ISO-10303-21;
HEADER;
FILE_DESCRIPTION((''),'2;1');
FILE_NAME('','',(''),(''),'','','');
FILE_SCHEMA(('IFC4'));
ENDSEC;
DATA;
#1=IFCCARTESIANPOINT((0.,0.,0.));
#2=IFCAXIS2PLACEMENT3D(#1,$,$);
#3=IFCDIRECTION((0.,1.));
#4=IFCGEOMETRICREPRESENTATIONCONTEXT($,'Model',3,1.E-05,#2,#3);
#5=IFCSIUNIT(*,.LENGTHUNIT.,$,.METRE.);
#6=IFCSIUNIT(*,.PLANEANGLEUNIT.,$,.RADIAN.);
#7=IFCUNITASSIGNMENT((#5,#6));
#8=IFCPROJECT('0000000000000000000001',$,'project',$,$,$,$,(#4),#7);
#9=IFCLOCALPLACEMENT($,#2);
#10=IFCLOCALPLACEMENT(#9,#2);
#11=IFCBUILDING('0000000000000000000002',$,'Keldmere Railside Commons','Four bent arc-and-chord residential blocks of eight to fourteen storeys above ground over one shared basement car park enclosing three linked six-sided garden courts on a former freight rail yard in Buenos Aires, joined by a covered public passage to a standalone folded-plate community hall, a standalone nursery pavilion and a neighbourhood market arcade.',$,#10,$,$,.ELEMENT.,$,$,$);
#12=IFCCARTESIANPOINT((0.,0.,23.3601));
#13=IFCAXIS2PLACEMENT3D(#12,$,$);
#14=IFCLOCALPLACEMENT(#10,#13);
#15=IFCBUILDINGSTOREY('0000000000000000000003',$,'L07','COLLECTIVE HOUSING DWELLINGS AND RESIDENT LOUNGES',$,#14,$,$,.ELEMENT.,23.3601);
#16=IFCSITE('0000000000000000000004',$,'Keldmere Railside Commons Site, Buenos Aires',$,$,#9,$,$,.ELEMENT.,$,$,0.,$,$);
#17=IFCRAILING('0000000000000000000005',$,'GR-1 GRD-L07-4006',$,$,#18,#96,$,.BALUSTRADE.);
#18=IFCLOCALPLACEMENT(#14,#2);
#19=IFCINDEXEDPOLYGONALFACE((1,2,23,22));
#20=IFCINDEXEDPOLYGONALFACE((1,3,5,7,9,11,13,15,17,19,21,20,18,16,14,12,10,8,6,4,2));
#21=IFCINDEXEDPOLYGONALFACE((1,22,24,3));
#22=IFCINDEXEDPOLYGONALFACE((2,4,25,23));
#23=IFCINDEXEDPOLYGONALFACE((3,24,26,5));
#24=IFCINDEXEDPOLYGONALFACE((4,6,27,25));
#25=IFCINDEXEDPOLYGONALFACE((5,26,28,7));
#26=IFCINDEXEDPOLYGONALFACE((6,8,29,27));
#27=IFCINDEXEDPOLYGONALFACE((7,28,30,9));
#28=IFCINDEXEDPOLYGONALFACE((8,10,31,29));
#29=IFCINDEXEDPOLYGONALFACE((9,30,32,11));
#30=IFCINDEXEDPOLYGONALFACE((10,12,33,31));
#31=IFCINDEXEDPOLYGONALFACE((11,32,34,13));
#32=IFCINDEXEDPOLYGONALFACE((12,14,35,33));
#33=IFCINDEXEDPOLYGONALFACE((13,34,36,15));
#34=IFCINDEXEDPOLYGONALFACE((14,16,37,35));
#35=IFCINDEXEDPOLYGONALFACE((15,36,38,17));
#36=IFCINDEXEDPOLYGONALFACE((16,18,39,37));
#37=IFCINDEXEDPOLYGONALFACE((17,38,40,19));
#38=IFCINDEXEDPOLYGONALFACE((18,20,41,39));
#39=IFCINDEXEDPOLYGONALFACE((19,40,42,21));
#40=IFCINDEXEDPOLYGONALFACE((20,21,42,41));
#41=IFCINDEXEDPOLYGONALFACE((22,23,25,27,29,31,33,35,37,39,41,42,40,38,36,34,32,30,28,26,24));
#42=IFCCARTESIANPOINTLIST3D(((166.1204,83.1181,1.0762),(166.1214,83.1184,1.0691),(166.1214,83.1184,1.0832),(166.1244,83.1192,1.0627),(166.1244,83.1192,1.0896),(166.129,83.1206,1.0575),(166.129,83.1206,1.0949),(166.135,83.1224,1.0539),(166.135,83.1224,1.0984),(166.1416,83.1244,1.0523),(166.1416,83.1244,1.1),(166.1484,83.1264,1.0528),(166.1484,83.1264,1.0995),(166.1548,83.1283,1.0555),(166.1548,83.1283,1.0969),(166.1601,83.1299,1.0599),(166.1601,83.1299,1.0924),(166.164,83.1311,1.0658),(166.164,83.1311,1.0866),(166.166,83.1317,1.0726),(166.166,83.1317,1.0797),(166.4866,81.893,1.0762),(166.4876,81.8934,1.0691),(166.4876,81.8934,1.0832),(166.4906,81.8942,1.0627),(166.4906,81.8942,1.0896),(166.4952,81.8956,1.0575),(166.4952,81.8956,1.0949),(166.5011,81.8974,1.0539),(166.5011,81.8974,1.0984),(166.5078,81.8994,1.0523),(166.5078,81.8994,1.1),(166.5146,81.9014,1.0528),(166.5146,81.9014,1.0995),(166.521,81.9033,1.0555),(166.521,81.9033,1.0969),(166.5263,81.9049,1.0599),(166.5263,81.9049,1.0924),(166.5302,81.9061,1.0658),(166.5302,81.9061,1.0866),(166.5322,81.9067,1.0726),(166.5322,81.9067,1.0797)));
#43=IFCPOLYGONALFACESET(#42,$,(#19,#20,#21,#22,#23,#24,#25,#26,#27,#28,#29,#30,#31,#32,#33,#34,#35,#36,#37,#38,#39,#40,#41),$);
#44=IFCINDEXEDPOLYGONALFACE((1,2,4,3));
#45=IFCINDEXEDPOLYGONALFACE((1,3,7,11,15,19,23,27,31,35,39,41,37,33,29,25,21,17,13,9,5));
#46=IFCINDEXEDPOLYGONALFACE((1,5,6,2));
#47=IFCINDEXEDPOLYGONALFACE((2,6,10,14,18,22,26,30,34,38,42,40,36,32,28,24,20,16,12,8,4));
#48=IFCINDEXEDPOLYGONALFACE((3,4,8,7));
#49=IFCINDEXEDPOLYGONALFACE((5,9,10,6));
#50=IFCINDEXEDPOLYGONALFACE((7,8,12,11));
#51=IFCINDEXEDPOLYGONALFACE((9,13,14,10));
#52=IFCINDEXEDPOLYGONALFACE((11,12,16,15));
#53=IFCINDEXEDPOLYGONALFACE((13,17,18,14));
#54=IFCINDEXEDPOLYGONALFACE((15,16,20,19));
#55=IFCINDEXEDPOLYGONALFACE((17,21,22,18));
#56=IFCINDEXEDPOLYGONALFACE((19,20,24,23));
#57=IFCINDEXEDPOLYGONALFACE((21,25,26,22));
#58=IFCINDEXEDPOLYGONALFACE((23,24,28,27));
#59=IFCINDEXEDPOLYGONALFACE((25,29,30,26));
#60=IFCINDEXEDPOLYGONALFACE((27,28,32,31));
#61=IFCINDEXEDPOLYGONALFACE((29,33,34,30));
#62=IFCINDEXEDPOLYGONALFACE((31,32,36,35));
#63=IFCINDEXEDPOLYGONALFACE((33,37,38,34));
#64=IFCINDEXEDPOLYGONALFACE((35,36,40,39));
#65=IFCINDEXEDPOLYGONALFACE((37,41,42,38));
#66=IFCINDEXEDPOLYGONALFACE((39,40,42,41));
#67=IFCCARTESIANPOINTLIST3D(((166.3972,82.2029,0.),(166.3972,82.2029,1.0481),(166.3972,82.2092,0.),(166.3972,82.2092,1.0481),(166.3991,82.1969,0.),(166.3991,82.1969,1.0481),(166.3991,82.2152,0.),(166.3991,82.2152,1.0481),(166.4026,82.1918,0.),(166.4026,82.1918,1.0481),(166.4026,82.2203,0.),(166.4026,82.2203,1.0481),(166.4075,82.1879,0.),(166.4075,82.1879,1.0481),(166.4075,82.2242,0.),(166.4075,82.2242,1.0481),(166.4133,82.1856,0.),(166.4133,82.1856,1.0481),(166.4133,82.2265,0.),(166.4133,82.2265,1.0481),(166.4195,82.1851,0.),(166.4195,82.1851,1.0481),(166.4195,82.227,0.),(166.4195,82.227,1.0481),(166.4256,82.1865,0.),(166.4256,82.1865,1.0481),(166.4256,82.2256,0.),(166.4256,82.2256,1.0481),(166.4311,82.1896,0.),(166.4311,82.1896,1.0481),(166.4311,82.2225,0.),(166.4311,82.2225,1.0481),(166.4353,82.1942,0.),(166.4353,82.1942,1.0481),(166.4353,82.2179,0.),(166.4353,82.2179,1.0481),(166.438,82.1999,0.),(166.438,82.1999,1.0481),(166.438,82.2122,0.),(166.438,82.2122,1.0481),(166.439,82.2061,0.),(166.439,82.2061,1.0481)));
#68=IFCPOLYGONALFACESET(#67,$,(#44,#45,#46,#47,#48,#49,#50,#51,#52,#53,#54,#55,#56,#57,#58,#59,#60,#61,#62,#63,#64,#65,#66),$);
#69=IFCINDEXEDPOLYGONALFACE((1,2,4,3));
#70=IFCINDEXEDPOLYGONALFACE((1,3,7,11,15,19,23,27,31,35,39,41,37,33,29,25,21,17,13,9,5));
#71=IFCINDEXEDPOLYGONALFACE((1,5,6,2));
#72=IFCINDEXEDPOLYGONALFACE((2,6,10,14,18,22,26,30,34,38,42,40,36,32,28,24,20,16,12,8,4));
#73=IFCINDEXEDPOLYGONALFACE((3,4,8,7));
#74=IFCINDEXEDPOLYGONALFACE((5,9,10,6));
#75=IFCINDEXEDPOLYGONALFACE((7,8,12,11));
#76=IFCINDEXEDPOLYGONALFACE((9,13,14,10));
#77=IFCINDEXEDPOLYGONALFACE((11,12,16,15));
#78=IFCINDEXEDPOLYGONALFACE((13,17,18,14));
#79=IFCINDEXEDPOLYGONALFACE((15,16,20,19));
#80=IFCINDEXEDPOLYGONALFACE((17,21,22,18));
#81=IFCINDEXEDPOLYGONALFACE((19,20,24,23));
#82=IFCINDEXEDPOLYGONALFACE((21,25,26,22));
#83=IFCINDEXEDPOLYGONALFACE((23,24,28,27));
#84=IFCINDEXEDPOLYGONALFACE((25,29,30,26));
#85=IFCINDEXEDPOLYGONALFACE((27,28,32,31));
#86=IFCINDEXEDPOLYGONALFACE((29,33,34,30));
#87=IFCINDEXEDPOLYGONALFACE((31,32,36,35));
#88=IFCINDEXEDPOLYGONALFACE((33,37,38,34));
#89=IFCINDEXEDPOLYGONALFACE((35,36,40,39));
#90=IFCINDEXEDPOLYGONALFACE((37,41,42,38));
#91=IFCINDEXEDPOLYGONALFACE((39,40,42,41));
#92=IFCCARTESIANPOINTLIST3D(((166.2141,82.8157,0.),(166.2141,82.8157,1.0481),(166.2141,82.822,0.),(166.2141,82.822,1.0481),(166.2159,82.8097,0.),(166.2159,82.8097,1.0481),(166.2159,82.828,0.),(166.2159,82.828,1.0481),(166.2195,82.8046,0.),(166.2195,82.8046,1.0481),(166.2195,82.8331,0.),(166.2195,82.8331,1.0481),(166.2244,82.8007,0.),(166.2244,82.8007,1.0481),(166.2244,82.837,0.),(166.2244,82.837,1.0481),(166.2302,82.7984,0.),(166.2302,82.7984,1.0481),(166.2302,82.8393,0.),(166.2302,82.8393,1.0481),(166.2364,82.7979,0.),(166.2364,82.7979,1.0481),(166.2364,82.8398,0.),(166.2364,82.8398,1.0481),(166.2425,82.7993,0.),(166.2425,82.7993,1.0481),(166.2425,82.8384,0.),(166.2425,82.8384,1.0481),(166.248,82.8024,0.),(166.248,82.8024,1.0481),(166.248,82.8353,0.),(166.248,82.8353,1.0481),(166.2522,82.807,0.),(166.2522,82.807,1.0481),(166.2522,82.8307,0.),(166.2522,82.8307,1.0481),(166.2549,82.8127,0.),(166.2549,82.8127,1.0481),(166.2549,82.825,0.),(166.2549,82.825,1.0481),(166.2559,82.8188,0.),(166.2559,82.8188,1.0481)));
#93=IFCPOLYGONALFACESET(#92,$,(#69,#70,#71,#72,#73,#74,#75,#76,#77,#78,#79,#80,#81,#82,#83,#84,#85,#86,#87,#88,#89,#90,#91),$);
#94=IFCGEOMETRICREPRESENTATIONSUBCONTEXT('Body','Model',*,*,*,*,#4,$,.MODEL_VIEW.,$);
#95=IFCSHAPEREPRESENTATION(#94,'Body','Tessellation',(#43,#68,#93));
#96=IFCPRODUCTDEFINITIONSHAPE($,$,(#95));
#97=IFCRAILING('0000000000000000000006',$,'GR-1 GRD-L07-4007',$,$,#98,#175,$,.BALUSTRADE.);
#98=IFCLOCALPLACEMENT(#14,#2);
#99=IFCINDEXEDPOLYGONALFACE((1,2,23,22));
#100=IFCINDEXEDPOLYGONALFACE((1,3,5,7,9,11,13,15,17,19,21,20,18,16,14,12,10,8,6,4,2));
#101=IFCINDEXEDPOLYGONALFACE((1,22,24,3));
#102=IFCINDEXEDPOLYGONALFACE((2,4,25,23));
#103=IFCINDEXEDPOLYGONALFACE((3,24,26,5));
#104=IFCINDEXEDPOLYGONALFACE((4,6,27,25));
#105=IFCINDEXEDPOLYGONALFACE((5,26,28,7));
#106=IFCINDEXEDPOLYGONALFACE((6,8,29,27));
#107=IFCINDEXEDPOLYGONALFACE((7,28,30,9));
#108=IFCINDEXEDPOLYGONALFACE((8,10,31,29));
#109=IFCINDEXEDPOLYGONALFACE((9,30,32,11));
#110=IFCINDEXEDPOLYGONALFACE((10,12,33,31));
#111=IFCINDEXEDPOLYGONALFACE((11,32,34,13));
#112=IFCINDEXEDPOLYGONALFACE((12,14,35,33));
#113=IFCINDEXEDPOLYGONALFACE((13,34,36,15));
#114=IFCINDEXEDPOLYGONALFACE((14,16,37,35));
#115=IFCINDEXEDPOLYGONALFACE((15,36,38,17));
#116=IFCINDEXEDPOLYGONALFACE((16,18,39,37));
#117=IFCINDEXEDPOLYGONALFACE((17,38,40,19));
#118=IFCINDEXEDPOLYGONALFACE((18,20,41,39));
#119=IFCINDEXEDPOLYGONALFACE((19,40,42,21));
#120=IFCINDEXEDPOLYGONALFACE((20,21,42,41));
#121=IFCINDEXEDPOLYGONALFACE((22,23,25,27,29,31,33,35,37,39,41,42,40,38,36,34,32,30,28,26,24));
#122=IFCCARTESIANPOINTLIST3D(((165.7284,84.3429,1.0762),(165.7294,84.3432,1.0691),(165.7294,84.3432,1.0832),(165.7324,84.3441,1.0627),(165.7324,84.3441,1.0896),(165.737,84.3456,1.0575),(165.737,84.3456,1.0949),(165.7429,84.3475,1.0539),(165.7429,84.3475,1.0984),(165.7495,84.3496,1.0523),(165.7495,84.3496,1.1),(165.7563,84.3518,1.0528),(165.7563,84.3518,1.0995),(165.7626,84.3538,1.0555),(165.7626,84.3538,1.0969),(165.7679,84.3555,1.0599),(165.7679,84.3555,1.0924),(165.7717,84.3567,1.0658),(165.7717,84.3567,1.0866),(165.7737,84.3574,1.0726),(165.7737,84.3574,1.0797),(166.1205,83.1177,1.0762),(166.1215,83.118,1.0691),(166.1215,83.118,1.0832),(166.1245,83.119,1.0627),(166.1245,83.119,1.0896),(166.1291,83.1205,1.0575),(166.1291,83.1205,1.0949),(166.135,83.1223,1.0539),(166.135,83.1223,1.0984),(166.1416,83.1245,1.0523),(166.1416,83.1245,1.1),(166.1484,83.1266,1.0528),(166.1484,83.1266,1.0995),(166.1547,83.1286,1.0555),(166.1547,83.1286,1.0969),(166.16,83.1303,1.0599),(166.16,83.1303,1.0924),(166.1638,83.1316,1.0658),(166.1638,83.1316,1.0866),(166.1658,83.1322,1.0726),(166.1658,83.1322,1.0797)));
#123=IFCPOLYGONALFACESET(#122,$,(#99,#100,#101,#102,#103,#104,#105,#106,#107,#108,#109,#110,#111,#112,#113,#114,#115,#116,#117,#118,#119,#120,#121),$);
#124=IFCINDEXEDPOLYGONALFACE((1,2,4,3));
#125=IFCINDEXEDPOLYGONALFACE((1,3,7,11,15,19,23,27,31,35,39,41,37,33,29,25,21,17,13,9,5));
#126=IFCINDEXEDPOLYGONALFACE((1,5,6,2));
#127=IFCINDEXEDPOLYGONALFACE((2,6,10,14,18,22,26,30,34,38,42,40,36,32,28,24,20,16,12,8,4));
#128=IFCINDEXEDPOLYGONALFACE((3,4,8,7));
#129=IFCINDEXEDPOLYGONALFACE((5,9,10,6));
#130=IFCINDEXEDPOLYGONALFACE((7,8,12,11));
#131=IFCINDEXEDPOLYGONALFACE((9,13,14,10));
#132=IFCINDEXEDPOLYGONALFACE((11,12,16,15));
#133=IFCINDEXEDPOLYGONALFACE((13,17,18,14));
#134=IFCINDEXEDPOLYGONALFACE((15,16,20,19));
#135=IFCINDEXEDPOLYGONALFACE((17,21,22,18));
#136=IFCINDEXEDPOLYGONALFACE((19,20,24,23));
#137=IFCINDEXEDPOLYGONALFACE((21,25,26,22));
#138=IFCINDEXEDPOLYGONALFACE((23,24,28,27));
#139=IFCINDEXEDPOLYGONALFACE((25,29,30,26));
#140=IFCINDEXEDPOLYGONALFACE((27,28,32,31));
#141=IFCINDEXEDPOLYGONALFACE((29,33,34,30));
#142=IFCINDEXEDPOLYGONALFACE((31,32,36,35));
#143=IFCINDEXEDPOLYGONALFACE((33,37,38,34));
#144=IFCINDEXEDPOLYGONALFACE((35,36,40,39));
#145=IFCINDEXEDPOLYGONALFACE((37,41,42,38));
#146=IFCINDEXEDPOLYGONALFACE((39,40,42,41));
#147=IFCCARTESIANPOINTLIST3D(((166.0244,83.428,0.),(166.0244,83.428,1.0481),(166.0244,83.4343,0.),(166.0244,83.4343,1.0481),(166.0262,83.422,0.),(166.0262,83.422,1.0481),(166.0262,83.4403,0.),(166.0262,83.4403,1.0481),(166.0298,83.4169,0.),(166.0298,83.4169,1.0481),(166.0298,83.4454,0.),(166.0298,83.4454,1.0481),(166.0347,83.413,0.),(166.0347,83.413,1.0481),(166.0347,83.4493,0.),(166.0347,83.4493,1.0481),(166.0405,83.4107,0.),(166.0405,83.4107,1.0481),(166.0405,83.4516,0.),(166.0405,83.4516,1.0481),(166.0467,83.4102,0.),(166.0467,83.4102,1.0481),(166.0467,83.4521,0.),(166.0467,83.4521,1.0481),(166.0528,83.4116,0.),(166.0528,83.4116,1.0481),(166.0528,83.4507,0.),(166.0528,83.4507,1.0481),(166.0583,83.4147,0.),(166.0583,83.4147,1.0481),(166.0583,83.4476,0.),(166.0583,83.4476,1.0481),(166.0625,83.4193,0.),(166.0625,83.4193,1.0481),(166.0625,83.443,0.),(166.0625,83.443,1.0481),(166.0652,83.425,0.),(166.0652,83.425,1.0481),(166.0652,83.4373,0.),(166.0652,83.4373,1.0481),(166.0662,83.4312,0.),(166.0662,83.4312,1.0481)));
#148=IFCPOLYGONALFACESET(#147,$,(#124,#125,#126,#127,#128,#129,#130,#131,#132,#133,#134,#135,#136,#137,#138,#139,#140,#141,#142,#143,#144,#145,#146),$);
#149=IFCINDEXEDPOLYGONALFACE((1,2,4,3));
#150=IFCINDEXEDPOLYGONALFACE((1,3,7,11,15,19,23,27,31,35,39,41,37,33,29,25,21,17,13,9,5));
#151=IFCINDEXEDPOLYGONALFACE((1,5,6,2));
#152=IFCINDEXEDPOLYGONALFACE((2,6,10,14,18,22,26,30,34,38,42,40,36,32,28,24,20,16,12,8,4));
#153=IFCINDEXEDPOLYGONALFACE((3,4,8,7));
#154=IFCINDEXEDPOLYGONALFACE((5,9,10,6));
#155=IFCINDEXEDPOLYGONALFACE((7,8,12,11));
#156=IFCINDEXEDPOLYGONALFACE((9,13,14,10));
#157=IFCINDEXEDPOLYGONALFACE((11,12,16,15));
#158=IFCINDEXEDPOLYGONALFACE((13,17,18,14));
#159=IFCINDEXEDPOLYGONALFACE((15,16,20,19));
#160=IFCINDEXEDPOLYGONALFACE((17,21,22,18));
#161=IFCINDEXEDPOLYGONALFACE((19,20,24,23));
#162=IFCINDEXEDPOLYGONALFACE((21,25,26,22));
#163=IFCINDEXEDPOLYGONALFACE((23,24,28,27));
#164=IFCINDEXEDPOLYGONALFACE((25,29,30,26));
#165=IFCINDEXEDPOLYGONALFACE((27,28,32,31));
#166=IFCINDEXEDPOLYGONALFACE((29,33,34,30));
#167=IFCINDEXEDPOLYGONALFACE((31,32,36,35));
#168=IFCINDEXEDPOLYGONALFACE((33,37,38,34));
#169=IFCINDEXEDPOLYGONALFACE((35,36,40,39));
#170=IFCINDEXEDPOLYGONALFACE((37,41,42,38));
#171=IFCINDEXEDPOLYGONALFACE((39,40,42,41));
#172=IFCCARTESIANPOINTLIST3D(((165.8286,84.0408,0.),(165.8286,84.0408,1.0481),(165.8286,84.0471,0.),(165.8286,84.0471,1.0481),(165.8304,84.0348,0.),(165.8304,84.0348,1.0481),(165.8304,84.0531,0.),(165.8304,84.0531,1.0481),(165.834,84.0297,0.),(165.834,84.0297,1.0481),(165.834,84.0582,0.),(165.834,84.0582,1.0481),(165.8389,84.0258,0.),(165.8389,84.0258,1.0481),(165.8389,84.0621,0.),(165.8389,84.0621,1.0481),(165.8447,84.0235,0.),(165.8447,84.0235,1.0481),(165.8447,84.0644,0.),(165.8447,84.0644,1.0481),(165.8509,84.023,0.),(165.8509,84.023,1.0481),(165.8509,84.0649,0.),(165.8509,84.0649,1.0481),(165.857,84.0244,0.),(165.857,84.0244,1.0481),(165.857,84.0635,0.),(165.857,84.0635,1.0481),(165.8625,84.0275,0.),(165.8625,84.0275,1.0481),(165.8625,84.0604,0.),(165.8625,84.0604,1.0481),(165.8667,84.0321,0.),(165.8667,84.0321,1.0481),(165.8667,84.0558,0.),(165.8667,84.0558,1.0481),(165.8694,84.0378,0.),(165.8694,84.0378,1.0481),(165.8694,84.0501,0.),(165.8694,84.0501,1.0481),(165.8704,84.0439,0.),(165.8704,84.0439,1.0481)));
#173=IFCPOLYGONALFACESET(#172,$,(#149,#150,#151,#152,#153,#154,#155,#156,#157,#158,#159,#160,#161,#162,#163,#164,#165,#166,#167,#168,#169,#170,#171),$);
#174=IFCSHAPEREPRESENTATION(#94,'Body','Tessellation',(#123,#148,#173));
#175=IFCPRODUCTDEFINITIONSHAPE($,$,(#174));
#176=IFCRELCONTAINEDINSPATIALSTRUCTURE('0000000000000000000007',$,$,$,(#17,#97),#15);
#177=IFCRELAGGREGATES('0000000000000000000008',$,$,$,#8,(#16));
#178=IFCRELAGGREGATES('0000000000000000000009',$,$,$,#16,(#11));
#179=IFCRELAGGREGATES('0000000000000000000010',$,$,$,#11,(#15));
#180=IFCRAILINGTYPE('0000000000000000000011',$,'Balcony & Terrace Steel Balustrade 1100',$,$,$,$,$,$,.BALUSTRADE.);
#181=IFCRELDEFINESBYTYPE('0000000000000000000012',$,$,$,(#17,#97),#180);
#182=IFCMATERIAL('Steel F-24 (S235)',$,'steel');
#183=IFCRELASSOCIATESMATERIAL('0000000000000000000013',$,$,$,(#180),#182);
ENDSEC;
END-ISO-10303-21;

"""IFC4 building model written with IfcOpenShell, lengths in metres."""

from ifc_helpers import new_model, si_unit, direction, frame, origin, origin_2d, place, context, subcontext, project, spatial, circle, extrude, material, type_object, element, save


model = new_model("IFC4")

# Units and contexts
model_context = context("Model", 3, precision=1e-05, world=origin(), true_north=direction((0.0, 1.0)))
body_context = subcontext(model_context, "Body", "Model", "MODEL_VIEW")
ifc_project = project(units=[si_unit("LENGTHUNIT", "METRE"), si_unit("PLANEANGLEUNIT", "RADIAN")], contexts=[model_context])

# Site, building, storey
site_placement = place(None, origin())
site = spatial("IfcSite", under=ifc_project, at=site_placement, Name="Keldmere Railside Commons Site, Buenos Aires", CompositionType="ELEMENT", RefElevation=0.0)
building_placement = place(site_placement, origin())
building = spatial("IfcBuilding", under=site, at=building_placement, Name="Keldmere Railside Commons", Description="Four bent arc-and-chord residential blocks of eight to fourteen storeys above ground over one shared basement car park enclosing three linked six-sided garden courts on a former freight rail yard in Buenos Aires, joined by a covered public passage to a standalone folded-plate community hall, a standalone nursery pavilion and a neighbourhood market arcade.", CompositionType="ELEMENT")
storey_placement = place(building_placement, frame((0.0, 0.0, 23.3601)))
storey = spatial("IfcBuildingStorey", under=building, at=storey_placement, Name="L07", Description="COLLECTIVE HOUSING DWELLINGS AND RESIDENT LOUNGES", CompositionType="ELEMENT", Elevation=23.3601)

# Railings
ifc_material_1 = material(Name="Steel F-24 (S235)", Category="steel")
railing_type = type_object("IfcRailingType", Name="Balcony & Terrace Steel Balustrade 1100", PredefinedType="BALUSTRADE", material=ifc_material_1)
railing_1_placement = place(storey_placement, frame((166.5095, 81.8999, 0.0)))
element("IfcRailing", 1, at=railing_1_placement, inside=storey, type_object=railing_type, Name="GR-1 GRD-L07-4006", PredefinedType="BALUSTRADE", context=body_context, shape_type="SweptSolid", body=[
    extrude(circle(Radius=0.0239, at=origin_2d()), frame((0.0, 0.0, 1.0762), z_axis=(-0.286402, 0.95811, 0.0), x_axis=(-0.95811, -0.286402, 0.0)), (0.0, 0.0, 1.0), 1.2786),
    extrude(circle(Radius=0.021, at=origin_2d()), frame((-0.0916, 0.3062, 0.0)), (0.0, 0.0, 1.0), 1.0481),
    extrude(circle(Radius=0.021, at=origin_2d()), frame((-0.2747, 0.9189, 0.0)), (0.0, 0.0, 1.0), 1.0481),
])
railing_2_placement = place(storey_placement, frame((166.1433, 83.125, 0.0)))
element("IfcRailing", 2, at=railing_2_placement, inside=storey, type_object=railing_type, Name="GR-1 GRD-L07-4007", PredefinedType="BALUSTRADE", context=body_context, shape_type="SweptSolid", body=[
    extrude(circle(Radius=0.0239, at=origin_2d()), frame((0.0, 0.0, 1.0762), z_axis=(-0.304817, 0.952411, 0.0), x_axis=(-0.952411, -0.304817, 0.0)), (0.0, 0.0, 1.0), 1.2864),
    extrude(circle(Radius=0.021, at=origin_2d()), frame((-0.0981, 0.3062, 0.0)), (0.0, 0.0, 1.0), 1.0481),
    extrude(circle(Radius=0.021, at=origin_2d()), frame((-0.2939, 0.9189, 0.0)), (0.0, 0.0, 1.0), 1.0481),
])

save(model, "model.ifc")
